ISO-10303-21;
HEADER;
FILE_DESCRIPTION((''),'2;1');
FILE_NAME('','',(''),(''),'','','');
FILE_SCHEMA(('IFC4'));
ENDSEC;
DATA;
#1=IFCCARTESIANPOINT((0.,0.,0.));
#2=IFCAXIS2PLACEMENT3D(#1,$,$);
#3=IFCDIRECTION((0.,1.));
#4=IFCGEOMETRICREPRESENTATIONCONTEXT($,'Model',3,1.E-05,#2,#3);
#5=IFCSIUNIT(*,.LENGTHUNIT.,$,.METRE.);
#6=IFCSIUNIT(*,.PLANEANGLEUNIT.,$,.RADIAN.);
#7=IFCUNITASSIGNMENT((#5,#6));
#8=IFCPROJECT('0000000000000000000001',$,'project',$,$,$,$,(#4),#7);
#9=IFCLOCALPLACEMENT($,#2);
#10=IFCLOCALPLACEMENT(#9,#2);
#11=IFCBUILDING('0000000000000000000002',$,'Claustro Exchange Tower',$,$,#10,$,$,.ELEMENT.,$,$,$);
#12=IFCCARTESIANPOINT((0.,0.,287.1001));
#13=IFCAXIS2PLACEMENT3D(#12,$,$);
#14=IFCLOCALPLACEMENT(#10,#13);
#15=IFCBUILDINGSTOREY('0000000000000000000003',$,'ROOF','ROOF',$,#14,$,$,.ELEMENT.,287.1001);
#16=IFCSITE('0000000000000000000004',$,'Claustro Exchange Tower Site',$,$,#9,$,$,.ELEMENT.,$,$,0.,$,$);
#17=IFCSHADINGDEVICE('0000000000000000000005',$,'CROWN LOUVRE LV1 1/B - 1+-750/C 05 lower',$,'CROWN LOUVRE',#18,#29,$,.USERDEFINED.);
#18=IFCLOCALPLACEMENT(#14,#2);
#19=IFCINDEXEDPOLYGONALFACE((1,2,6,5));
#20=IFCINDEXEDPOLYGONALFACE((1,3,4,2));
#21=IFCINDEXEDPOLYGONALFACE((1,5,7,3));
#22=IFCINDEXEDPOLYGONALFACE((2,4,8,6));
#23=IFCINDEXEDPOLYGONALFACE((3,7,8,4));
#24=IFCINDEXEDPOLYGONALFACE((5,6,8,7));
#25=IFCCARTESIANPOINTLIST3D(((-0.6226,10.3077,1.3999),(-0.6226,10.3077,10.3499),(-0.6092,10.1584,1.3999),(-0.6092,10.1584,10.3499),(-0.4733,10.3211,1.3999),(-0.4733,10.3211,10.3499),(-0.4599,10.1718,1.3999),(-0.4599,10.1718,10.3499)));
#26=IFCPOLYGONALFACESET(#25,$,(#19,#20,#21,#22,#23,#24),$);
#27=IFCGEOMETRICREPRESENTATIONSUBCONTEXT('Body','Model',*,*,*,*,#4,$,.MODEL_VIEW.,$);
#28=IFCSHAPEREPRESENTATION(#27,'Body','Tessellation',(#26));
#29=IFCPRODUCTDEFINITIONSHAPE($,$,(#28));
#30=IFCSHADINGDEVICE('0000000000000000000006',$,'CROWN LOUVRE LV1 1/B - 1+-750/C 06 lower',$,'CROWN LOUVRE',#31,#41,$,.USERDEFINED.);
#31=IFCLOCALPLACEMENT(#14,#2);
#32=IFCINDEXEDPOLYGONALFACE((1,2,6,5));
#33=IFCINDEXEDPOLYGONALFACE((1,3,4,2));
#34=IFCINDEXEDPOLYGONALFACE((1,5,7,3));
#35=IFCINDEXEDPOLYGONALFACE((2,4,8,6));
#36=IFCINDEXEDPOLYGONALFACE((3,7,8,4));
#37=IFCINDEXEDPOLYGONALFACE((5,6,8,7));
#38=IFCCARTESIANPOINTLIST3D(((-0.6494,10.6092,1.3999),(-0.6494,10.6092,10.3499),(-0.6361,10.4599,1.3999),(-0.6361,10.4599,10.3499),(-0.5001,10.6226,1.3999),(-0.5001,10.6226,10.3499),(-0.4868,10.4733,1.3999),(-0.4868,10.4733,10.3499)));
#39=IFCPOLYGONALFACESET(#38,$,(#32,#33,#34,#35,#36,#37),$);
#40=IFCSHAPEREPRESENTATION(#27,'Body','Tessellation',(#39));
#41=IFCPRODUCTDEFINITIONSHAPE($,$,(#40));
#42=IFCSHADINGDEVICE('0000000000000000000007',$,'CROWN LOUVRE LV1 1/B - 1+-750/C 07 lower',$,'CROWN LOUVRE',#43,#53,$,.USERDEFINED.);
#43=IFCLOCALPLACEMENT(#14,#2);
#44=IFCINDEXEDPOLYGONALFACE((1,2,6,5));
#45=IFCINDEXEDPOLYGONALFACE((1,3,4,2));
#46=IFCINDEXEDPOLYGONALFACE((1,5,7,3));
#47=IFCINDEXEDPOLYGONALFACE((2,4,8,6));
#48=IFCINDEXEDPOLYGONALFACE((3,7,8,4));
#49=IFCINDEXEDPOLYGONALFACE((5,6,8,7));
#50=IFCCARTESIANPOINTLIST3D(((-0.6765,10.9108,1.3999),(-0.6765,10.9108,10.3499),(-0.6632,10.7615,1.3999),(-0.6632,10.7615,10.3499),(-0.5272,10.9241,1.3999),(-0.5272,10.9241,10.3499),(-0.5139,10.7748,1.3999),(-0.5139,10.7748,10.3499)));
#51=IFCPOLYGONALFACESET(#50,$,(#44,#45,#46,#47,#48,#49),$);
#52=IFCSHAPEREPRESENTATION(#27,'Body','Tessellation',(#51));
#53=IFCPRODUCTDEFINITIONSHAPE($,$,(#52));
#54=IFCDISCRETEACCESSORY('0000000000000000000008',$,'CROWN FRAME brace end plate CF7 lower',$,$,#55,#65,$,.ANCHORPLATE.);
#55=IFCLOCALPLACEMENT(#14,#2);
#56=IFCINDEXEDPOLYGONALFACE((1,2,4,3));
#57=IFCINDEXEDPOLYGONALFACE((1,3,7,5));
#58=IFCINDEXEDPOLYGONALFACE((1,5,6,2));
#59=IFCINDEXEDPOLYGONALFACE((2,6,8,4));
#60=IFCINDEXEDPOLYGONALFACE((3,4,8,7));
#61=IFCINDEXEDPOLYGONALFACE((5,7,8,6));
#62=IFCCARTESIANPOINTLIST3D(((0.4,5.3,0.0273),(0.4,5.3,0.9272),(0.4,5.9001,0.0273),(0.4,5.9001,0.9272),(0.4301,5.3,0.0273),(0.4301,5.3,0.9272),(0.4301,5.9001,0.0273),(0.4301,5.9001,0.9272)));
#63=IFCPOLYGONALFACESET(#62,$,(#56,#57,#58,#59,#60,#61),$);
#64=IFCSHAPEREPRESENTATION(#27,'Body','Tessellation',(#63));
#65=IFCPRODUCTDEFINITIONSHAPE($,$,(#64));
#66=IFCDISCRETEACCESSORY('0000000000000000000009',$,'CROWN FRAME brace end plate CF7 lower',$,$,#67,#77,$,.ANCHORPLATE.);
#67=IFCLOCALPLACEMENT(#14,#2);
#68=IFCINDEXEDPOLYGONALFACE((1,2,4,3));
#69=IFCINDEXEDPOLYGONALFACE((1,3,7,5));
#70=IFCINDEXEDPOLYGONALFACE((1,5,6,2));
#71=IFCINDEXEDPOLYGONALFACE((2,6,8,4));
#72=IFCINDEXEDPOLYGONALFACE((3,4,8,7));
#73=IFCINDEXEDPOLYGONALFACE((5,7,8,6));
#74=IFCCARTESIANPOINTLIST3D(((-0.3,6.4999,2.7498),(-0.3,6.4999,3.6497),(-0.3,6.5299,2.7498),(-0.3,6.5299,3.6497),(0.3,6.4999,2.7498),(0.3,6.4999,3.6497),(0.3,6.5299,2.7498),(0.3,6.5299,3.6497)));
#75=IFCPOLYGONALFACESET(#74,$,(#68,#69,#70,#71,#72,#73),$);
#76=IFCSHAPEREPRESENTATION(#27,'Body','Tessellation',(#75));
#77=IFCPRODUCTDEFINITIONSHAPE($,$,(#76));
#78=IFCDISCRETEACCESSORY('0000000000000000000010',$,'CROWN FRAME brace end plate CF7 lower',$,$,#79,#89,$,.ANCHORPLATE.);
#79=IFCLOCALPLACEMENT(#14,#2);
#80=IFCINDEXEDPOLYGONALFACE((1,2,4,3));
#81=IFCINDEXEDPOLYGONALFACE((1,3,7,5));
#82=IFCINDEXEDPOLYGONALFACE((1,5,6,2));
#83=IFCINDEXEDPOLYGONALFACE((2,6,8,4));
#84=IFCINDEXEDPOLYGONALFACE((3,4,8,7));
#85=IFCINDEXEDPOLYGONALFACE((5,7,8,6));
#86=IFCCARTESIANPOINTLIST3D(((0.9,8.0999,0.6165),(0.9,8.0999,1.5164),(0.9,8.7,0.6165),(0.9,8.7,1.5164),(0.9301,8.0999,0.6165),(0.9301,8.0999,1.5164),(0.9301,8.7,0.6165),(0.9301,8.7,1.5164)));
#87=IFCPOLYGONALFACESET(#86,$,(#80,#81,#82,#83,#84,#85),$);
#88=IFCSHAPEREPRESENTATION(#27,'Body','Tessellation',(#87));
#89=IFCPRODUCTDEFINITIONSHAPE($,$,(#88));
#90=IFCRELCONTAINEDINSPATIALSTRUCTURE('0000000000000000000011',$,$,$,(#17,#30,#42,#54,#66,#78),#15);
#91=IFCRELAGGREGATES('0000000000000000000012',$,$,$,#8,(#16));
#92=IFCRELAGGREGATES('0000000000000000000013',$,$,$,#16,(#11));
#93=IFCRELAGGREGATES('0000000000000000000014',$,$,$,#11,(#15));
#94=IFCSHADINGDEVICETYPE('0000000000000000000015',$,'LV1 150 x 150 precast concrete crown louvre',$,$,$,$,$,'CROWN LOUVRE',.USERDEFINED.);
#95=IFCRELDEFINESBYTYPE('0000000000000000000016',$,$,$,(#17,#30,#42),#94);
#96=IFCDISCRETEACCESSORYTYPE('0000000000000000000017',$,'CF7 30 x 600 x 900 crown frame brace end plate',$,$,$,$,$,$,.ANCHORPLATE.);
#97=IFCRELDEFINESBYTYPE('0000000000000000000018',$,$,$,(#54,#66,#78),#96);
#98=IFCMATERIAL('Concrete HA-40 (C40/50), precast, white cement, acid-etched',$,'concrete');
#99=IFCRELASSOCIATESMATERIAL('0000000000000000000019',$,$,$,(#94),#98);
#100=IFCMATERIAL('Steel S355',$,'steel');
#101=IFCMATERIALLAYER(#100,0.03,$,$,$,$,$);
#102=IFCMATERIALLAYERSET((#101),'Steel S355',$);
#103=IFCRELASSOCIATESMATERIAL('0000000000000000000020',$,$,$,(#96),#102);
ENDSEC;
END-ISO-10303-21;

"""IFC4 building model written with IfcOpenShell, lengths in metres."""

from ifc_helpers import new_model, si_unit, direction, frame, origin, origin_2d, place, context, subcontext, project, spatial, rectangle, extrude, material, layer, layer_set, type_object, element, save


model = new_model("IFC4")

# Units and contexts
model_context = context("Model", 3, precision=1e-05, world=origin(), true_north=direction((0.0, 1.0)))
body_context = subcontext(model_context, "Body", "Model", "MODEL_VIEW")
ifc_project = project(units=[si_unit("LENGTHUNIT", "METRE"), si_unit("PLANEANGLEUNIT", "RADIAN")], contexts=[model_context])

# Site, building, storey
site_placement = place(None, origin())
site = spatial("IfcSite", under=ifc_project, at=site_placement, Name="Claustro Exchange Tower Site", CompositionType="ELEMENT", RefElevation=0.0)
building_placement = place(site_placement, origin())
building = spatial("IfcBuilding", under=site, at=building_placement, Name="Claustro Exchange Tower", CompositionType="ELEMENT")
storey_placement = place(building_placement, frame((0.0, 0.0, 287.1001)))
storey = spatial("IfcBuildingStorey", under=building, at=storey_placement, Name="ROOF", Description="ROOF", CompositionType="ELEMENT", Elevation=287.1001)

# Shading devices
ifc_material_1 = material(Name="Concrete HA-40 (C40/50), precast, white cement, acid-etched", Category="concrete")
shading_device_type = type_object("IfcShadingDeviceType", Name="LV1 150 x 150 precast concrete crown louvre", ElementType="CROWN LOUVRE", PredefinedType="USERDEFINED", material=ifc_material_1)
for number, where, z_axis, x_axis, name in (
    (1, (-0.5413, 10.2397, 1.3999), (0.0, 0.0, 1.0), (-0.088933, 0.996038, 0.0), "CROWN LOUVRE LV1 1/B - 1+-750/C 05 lower"),
    (2, (-0.5681, 10.5413, 1.3999), (0.0, 0.0, 1.0), (-0.088933, 0.996038, 0.0), "CROWN LOUVRE LV1 1/B - 1+-750/C 06 lower"),
    (3, (-0.5952, 10.8428, 1.3999), (0.0, 0.0, 1.0), (-0.088933, 0.996038, 0.0), "CROWN LOUVRE LV1 1/B - 1+-750/C 07 lower"),
):
    element("IfcShadingDevice", number, at=place(storey_placement, frame(where, z_axis=z_axis, x_axis=x_axis)), inside=storey, type_object=shading_device_type, Name=name, ObjectType="CROWN LOUVRE", PredefinedType="USERDEFINED", context=body_context, shape_type="SweptSolid", body=[
        extrude(rectangle(XDim=0.1499, YDim=0.1499, at=origin_2d()), origin(), (0.0, 0.0, 1.0), 8.95),
    ])

# Discrete accessories
ifc_material_2 = material(Name="Steel S355", Category="steel")
ifc_layer_1 = layer(ifc_material_2, 0.03)
ifc_layer_set_1 = layer_set([ifc_layer_1], Name="Steel S355")
discrete_accessory_type = type_object("IfcDiscreteAccessoryType", Name="CF7 30 x 600 x 900 crown frame brace end plate", PredefinedType="ANCHORPLATE", material=ifc_layer_set_1)
for number, where, z_axis, x_axis, name in (
    (4, (0.415, 5.6001, 0.0273), (0.0, 0.0, 1.0), (1.0, 0.0, 0.0), "CROWN FRAME brace end plate CF7 lower"),
    (5, (0.0, 6.5149, 2.7498), (0.0, 0.0, 1.0), (0.0, 1.0, 0.0), "CROWN FRAME brace end plate CF7 lower"),
    (6, (0.915, 8.3999, 0.6165), (0.0, 0.0, 1.0), (1.0, 0.0, 0.0), "CROWN FRAME brace end plate CF7 lower"),
):
    element("IfcDiscreteAccessory", number, at=place(storey_placement, frame(where, z_axis=z_axis, x_axis=x_axis)), inside=storey, type_object=discrete_accessory_type, Name=name, PredefinedType="ANCHORPLATE", context=body_context, shape_type="SweptSolid", body=[
        extrude(rectangle(XDim=0.03, YDim=0.6001, at=origin_2d()), origin(), (0.0, 0.0, 1.0), 0.8999),
    ])

save(model, "model.ifc")
